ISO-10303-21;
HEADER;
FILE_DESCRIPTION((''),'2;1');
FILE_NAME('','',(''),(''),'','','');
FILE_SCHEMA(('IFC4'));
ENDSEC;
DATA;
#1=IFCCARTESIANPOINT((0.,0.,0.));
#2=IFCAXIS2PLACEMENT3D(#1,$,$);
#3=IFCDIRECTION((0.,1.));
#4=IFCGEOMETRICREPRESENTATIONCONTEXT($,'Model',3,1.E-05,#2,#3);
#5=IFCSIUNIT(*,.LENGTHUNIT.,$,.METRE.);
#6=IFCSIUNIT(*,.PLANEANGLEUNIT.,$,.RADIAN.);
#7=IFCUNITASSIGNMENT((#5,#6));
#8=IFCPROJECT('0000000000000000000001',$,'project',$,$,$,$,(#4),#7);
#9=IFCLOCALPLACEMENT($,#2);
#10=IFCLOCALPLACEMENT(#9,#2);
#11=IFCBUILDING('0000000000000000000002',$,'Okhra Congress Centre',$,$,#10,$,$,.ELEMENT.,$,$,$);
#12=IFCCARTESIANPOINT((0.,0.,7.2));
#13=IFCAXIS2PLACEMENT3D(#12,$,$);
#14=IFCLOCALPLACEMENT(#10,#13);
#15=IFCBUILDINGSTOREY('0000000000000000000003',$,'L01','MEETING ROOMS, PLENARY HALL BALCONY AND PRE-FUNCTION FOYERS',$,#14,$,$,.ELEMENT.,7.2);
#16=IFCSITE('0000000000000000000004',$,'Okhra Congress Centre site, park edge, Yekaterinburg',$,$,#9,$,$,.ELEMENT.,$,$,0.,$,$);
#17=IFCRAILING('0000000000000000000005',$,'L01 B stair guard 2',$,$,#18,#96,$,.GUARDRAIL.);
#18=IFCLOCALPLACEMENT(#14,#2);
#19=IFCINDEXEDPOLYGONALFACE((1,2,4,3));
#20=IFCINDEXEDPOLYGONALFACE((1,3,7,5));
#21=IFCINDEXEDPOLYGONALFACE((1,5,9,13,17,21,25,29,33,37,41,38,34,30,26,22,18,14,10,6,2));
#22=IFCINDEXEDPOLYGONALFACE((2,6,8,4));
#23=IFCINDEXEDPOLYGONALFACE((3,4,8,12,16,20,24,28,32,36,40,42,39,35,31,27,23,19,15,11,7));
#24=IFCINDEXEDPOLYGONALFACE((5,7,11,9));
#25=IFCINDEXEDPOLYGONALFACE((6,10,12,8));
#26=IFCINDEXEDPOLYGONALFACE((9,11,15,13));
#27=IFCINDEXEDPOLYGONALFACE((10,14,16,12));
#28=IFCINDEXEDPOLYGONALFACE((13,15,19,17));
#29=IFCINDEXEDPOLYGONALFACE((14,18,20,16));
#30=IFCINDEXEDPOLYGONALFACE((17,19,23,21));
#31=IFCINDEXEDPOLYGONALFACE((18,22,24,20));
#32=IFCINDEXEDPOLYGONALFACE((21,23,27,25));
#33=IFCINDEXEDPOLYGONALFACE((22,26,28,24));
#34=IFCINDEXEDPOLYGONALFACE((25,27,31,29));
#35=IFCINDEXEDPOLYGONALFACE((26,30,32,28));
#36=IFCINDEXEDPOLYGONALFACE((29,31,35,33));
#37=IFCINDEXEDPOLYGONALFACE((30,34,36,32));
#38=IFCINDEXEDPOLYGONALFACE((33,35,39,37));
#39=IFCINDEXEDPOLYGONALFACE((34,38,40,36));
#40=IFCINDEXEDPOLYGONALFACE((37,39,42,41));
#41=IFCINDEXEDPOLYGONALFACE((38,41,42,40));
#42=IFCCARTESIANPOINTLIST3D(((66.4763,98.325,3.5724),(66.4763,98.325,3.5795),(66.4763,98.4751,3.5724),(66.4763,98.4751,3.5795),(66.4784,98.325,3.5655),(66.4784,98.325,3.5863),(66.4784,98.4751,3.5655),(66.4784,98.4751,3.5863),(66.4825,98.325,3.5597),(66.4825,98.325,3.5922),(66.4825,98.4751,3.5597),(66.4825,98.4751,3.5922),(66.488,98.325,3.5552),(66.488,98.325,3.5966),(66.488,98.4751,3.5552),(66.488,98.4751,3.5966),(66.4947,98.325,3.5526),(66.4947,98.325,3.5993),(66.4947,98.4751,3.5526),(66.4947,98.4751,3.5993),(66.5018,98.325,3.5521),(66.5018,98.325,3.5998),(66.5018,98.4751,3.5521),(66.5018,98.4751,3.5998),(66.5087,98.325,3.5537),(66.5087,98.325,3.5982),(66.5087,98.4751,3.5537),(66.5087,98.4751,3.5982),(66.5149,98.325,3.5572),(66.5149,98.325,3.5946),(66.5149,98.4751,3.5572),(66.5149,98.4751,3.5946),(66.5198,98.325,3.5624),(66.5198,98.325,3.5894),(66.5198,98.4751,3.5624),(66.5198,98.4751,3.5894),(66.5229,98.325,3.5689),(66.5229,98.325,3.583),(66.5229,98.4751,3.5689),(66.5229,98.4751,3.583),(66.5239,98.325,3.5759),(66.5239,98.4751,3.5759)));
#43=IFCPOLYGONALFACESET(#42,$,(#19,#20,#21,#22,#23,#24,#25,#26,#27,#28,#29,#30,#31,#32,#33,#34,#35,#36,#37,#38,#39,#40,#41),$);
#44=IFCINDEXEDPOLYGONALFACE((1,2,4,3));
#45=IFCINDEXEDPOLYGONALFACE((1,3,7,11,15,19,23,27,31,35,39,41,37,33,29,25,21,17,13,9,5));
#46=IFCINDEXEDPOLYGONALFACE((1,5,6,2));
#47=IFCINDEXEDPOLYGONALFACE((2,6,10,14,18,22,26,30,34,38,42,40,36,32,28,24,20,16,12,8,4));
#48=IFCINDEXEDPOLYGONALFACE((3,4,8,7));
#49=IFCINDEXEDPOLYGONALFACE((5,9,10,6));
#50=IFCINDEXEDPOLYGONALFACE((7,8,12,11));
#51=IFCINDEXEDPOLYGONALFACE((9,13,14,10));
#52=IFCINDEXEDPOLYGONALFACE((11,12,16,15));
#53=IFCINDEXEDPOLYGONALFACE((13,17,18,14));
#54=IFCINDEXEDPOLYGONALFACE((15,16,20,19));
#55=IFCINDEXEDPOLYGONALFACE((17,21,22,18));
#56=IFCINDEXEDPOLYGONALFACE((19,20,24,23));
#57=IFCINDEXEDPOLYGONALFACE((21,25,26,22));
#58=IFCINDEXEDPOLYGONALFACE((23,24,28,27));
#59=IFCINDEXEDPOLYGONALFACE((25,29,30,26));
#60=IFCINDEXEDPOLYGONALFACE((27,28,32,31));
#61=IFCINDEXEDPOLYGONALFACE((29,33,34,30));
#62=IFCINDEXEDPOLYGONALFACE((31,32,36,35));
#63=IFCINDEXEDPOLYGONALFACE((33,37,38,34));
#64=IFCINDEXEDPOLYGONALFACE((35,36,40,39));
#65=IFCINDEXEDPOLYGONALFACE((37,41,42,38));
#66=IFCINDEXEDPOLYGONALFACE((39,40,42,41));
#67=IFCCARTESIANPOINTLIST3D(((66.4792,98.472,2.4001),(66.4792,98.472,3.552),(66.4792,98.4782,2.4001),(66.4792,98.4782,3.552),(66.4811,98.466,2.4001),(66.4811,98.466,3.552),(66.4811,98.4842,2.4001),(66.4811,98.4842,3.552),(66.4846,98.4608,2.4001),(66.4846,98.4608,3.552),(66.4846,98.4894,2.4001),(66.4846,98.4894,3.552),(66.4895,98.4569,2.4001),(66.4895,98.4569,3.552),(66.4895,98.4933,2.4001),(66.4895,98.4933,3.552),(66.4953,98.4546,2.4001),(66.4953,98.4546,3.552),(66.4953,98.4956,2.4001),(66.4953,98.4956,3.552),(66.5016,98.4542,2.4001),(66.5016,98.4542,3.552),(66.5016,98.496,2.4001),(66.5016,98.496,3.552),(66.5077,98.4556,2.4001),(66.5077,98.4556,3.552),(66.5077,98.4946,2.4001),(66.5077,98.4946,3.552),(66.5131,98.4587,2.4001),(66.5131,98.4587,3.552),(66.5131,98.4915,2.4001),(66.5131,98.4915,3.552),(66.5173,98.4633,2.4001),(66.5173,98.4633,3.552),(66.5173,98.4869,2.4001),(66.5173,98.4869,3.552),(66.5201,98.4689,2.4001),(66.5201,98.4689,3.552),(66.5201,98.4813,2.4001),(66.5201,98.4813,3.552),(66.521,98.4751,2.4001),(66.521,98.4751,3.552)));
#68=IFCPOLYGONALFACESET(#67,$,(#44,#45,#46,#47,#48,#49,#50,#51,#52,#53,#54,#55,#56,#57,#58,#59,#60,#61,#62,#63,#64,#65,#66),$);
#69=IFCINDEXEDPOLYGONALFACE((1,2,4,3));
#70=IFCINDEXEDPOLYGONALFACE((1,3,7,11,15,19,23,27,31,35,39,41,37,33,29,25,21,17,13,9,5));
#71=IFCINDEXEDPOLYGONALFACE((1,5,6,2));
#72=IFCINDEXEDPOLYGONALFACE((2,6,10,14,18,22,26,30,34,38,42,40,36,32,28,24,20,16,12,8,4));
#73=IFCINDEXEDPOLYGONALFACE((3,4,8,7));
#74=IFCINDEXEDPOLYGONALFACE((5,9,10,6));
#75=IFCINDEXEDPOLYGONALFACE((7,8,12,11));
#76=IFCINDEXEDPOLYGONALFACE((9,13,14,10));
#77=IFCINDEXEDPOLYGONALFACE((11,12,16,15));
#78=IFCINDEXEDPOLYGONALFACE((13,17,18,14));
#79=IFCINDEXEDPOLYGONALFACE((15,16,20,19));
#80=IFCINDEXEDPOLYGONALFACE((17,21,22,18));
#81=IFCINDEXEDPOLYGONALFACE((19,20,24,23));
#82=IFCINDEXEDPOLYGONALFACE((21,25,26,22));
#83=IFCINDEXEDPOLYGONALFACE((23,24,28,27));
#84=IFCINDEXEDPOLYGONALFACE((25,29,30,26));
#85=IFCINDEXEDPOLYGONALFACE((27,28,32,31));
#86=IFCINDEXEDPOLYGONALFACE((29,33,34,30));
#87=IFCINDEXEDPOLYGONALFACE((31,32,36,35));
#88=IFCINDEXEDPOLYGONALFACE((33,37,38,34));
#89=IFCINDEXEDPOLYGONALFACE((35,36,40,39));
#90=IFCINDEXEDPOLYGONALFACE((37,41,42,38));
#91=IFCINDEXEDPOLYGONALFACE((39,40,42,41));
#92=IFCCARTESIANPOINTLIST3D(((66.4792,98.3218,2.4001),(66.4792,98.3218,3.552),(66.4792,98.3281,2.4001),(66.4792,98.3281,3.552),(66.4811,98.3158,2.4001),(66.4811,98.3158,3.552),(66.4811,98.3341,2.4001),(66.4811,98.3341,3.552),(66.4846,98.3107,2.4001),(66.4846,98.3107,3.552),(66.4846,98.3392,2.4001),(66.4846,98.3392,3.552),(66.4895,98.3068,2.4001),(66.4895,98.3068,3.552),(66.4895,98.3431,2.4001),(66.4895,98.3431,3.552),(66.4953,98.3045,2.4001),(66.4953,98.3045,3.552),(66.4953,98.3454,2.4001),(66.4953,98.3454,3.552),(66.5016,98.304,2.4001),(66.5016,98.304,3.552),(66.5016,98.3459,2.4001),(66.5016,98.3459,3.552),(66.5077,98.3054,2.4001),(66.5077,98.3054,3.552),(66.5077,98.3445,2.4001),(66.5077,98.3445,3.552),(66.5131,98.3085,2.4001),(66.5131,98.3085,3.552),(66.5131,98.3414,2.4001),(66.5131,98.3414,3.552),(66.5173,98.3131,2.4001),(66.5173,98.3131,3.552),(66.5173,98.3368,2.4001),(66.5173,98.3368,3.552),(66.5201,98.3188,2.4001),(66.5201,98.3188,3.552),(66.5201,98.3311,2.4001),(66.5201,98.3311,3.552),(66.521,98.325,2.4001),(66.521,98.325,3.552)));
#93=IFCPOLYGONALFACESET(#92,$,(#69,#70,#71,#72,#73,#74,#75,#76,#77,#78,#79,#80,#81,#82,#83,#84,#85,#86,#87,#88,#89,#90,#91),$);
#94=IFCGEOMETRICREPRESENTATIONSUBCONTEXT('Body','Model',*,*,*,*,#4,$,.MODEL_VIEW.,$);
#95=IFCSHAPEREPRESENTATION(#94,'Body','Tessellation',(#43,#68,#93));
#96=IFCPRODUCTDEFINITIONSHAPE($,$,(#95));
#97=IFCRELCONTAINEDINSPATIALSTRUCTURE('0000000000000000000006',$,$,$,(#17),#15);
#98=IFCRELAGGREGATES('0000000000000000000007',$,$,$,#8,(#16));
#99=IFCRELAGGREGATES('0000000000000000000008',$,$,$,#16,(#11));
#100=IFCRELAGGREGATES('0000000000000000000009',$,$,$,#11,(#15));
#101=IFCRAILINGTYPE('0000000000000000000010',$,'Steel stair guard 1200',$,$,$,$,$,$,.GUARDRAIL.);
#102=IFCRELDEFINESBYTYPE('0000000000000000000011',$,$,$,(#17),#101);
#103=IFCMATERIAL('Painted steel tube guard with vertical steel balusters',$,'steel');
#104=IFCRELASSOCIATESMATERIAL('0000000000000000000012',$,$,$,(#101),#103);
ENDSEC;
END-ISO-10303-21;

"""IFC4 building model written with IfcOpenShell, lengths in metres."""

from ifc_helpers import new_model, si_unit, direction, frame, origin, origin_2d, place, context, subcontext, project, spatial, circle, extrude, material, type_object, element, save


model = new_model("IFC4")

# Units and contexts
model_context = context("Model", 3, precision=1e-05, world=origin(), true_north=direction((0.0, 1.0)))
body_context = subcontext(model_context, "Body", "Model", "MODEL_VIEW")
ifc_project = project(units=[si_unit("LENGTHUNIT", "METRE"), si_unit("PLANEANGLEUNIT", "RADIAN")], contexts=[model_context])

# Site, building, storey
site_placement = place(None, origin())
site = spatial("IfcSite", under=ifc_project, at=site_placement, Name="Okhra Congress Centre site, park edge, Yekaterinburg", CompositionType="ELEMENT", RefElevation=0.0)
building_placement = place(site_placement, origin())
building = spatial("IfcBuilding", under=site, at=building_placement, Name="Okhra Congress Centre", CompositionType="ELEMENT")
storey_placement = place(building_placement, frame((0.0, 0.0, 7.2)))
storey = spatial("IfcBuildingStorey", under=building, at=storey_placement, Name="L01", Description="MEETING ROOMS, PLENARY HALL BALCONY AND PRE-FUNCTION FOYERS", CompositionType="ELEMENT", Elevation=7.2)

# Railing
ifc_material_1 = material(Name="Painted steel tube guard with vertical steel balusters", Category="steel")
railing_type_1 = type_object("IfcRailingType", Name="Steel stair guard 1200", PredefinedType="GUARDRAIL", material=ifc_material_1)
railing_1_placement = place(storey_placement, frame((66.5, 98.4751, 2.4001)))
element("IfcRailing", 1, at=railing_1_placement, inside=storey, type_object=railing_type_1, Name="L01 B stair guard 2", PredefinedType="GUARDRAIL", context=body_context, shape_type="SweptSolid", body=[
    extrude(circle(Radius=0.0239, at=origin_2d()), frame((0.0, 0.0, 1.1758), z_axis=(0.0, -1.0, 0.0), x_axis=(1.0, 0.0, 0.0)), (0.0, 0.0, 1.0), 0.1501),
    extrude(circle(Radius=0.021, at=origin_2d()), origin(), (0.0, 0.0, 1.0), 1.1519),
    extrude(circle(Radius=0.021, at=origin_2d()), frame((0.0, -0.1501, 0.0)), (0.0, 0.0, 1.0), 1.1519),
])

save(model, "model.ifc")
